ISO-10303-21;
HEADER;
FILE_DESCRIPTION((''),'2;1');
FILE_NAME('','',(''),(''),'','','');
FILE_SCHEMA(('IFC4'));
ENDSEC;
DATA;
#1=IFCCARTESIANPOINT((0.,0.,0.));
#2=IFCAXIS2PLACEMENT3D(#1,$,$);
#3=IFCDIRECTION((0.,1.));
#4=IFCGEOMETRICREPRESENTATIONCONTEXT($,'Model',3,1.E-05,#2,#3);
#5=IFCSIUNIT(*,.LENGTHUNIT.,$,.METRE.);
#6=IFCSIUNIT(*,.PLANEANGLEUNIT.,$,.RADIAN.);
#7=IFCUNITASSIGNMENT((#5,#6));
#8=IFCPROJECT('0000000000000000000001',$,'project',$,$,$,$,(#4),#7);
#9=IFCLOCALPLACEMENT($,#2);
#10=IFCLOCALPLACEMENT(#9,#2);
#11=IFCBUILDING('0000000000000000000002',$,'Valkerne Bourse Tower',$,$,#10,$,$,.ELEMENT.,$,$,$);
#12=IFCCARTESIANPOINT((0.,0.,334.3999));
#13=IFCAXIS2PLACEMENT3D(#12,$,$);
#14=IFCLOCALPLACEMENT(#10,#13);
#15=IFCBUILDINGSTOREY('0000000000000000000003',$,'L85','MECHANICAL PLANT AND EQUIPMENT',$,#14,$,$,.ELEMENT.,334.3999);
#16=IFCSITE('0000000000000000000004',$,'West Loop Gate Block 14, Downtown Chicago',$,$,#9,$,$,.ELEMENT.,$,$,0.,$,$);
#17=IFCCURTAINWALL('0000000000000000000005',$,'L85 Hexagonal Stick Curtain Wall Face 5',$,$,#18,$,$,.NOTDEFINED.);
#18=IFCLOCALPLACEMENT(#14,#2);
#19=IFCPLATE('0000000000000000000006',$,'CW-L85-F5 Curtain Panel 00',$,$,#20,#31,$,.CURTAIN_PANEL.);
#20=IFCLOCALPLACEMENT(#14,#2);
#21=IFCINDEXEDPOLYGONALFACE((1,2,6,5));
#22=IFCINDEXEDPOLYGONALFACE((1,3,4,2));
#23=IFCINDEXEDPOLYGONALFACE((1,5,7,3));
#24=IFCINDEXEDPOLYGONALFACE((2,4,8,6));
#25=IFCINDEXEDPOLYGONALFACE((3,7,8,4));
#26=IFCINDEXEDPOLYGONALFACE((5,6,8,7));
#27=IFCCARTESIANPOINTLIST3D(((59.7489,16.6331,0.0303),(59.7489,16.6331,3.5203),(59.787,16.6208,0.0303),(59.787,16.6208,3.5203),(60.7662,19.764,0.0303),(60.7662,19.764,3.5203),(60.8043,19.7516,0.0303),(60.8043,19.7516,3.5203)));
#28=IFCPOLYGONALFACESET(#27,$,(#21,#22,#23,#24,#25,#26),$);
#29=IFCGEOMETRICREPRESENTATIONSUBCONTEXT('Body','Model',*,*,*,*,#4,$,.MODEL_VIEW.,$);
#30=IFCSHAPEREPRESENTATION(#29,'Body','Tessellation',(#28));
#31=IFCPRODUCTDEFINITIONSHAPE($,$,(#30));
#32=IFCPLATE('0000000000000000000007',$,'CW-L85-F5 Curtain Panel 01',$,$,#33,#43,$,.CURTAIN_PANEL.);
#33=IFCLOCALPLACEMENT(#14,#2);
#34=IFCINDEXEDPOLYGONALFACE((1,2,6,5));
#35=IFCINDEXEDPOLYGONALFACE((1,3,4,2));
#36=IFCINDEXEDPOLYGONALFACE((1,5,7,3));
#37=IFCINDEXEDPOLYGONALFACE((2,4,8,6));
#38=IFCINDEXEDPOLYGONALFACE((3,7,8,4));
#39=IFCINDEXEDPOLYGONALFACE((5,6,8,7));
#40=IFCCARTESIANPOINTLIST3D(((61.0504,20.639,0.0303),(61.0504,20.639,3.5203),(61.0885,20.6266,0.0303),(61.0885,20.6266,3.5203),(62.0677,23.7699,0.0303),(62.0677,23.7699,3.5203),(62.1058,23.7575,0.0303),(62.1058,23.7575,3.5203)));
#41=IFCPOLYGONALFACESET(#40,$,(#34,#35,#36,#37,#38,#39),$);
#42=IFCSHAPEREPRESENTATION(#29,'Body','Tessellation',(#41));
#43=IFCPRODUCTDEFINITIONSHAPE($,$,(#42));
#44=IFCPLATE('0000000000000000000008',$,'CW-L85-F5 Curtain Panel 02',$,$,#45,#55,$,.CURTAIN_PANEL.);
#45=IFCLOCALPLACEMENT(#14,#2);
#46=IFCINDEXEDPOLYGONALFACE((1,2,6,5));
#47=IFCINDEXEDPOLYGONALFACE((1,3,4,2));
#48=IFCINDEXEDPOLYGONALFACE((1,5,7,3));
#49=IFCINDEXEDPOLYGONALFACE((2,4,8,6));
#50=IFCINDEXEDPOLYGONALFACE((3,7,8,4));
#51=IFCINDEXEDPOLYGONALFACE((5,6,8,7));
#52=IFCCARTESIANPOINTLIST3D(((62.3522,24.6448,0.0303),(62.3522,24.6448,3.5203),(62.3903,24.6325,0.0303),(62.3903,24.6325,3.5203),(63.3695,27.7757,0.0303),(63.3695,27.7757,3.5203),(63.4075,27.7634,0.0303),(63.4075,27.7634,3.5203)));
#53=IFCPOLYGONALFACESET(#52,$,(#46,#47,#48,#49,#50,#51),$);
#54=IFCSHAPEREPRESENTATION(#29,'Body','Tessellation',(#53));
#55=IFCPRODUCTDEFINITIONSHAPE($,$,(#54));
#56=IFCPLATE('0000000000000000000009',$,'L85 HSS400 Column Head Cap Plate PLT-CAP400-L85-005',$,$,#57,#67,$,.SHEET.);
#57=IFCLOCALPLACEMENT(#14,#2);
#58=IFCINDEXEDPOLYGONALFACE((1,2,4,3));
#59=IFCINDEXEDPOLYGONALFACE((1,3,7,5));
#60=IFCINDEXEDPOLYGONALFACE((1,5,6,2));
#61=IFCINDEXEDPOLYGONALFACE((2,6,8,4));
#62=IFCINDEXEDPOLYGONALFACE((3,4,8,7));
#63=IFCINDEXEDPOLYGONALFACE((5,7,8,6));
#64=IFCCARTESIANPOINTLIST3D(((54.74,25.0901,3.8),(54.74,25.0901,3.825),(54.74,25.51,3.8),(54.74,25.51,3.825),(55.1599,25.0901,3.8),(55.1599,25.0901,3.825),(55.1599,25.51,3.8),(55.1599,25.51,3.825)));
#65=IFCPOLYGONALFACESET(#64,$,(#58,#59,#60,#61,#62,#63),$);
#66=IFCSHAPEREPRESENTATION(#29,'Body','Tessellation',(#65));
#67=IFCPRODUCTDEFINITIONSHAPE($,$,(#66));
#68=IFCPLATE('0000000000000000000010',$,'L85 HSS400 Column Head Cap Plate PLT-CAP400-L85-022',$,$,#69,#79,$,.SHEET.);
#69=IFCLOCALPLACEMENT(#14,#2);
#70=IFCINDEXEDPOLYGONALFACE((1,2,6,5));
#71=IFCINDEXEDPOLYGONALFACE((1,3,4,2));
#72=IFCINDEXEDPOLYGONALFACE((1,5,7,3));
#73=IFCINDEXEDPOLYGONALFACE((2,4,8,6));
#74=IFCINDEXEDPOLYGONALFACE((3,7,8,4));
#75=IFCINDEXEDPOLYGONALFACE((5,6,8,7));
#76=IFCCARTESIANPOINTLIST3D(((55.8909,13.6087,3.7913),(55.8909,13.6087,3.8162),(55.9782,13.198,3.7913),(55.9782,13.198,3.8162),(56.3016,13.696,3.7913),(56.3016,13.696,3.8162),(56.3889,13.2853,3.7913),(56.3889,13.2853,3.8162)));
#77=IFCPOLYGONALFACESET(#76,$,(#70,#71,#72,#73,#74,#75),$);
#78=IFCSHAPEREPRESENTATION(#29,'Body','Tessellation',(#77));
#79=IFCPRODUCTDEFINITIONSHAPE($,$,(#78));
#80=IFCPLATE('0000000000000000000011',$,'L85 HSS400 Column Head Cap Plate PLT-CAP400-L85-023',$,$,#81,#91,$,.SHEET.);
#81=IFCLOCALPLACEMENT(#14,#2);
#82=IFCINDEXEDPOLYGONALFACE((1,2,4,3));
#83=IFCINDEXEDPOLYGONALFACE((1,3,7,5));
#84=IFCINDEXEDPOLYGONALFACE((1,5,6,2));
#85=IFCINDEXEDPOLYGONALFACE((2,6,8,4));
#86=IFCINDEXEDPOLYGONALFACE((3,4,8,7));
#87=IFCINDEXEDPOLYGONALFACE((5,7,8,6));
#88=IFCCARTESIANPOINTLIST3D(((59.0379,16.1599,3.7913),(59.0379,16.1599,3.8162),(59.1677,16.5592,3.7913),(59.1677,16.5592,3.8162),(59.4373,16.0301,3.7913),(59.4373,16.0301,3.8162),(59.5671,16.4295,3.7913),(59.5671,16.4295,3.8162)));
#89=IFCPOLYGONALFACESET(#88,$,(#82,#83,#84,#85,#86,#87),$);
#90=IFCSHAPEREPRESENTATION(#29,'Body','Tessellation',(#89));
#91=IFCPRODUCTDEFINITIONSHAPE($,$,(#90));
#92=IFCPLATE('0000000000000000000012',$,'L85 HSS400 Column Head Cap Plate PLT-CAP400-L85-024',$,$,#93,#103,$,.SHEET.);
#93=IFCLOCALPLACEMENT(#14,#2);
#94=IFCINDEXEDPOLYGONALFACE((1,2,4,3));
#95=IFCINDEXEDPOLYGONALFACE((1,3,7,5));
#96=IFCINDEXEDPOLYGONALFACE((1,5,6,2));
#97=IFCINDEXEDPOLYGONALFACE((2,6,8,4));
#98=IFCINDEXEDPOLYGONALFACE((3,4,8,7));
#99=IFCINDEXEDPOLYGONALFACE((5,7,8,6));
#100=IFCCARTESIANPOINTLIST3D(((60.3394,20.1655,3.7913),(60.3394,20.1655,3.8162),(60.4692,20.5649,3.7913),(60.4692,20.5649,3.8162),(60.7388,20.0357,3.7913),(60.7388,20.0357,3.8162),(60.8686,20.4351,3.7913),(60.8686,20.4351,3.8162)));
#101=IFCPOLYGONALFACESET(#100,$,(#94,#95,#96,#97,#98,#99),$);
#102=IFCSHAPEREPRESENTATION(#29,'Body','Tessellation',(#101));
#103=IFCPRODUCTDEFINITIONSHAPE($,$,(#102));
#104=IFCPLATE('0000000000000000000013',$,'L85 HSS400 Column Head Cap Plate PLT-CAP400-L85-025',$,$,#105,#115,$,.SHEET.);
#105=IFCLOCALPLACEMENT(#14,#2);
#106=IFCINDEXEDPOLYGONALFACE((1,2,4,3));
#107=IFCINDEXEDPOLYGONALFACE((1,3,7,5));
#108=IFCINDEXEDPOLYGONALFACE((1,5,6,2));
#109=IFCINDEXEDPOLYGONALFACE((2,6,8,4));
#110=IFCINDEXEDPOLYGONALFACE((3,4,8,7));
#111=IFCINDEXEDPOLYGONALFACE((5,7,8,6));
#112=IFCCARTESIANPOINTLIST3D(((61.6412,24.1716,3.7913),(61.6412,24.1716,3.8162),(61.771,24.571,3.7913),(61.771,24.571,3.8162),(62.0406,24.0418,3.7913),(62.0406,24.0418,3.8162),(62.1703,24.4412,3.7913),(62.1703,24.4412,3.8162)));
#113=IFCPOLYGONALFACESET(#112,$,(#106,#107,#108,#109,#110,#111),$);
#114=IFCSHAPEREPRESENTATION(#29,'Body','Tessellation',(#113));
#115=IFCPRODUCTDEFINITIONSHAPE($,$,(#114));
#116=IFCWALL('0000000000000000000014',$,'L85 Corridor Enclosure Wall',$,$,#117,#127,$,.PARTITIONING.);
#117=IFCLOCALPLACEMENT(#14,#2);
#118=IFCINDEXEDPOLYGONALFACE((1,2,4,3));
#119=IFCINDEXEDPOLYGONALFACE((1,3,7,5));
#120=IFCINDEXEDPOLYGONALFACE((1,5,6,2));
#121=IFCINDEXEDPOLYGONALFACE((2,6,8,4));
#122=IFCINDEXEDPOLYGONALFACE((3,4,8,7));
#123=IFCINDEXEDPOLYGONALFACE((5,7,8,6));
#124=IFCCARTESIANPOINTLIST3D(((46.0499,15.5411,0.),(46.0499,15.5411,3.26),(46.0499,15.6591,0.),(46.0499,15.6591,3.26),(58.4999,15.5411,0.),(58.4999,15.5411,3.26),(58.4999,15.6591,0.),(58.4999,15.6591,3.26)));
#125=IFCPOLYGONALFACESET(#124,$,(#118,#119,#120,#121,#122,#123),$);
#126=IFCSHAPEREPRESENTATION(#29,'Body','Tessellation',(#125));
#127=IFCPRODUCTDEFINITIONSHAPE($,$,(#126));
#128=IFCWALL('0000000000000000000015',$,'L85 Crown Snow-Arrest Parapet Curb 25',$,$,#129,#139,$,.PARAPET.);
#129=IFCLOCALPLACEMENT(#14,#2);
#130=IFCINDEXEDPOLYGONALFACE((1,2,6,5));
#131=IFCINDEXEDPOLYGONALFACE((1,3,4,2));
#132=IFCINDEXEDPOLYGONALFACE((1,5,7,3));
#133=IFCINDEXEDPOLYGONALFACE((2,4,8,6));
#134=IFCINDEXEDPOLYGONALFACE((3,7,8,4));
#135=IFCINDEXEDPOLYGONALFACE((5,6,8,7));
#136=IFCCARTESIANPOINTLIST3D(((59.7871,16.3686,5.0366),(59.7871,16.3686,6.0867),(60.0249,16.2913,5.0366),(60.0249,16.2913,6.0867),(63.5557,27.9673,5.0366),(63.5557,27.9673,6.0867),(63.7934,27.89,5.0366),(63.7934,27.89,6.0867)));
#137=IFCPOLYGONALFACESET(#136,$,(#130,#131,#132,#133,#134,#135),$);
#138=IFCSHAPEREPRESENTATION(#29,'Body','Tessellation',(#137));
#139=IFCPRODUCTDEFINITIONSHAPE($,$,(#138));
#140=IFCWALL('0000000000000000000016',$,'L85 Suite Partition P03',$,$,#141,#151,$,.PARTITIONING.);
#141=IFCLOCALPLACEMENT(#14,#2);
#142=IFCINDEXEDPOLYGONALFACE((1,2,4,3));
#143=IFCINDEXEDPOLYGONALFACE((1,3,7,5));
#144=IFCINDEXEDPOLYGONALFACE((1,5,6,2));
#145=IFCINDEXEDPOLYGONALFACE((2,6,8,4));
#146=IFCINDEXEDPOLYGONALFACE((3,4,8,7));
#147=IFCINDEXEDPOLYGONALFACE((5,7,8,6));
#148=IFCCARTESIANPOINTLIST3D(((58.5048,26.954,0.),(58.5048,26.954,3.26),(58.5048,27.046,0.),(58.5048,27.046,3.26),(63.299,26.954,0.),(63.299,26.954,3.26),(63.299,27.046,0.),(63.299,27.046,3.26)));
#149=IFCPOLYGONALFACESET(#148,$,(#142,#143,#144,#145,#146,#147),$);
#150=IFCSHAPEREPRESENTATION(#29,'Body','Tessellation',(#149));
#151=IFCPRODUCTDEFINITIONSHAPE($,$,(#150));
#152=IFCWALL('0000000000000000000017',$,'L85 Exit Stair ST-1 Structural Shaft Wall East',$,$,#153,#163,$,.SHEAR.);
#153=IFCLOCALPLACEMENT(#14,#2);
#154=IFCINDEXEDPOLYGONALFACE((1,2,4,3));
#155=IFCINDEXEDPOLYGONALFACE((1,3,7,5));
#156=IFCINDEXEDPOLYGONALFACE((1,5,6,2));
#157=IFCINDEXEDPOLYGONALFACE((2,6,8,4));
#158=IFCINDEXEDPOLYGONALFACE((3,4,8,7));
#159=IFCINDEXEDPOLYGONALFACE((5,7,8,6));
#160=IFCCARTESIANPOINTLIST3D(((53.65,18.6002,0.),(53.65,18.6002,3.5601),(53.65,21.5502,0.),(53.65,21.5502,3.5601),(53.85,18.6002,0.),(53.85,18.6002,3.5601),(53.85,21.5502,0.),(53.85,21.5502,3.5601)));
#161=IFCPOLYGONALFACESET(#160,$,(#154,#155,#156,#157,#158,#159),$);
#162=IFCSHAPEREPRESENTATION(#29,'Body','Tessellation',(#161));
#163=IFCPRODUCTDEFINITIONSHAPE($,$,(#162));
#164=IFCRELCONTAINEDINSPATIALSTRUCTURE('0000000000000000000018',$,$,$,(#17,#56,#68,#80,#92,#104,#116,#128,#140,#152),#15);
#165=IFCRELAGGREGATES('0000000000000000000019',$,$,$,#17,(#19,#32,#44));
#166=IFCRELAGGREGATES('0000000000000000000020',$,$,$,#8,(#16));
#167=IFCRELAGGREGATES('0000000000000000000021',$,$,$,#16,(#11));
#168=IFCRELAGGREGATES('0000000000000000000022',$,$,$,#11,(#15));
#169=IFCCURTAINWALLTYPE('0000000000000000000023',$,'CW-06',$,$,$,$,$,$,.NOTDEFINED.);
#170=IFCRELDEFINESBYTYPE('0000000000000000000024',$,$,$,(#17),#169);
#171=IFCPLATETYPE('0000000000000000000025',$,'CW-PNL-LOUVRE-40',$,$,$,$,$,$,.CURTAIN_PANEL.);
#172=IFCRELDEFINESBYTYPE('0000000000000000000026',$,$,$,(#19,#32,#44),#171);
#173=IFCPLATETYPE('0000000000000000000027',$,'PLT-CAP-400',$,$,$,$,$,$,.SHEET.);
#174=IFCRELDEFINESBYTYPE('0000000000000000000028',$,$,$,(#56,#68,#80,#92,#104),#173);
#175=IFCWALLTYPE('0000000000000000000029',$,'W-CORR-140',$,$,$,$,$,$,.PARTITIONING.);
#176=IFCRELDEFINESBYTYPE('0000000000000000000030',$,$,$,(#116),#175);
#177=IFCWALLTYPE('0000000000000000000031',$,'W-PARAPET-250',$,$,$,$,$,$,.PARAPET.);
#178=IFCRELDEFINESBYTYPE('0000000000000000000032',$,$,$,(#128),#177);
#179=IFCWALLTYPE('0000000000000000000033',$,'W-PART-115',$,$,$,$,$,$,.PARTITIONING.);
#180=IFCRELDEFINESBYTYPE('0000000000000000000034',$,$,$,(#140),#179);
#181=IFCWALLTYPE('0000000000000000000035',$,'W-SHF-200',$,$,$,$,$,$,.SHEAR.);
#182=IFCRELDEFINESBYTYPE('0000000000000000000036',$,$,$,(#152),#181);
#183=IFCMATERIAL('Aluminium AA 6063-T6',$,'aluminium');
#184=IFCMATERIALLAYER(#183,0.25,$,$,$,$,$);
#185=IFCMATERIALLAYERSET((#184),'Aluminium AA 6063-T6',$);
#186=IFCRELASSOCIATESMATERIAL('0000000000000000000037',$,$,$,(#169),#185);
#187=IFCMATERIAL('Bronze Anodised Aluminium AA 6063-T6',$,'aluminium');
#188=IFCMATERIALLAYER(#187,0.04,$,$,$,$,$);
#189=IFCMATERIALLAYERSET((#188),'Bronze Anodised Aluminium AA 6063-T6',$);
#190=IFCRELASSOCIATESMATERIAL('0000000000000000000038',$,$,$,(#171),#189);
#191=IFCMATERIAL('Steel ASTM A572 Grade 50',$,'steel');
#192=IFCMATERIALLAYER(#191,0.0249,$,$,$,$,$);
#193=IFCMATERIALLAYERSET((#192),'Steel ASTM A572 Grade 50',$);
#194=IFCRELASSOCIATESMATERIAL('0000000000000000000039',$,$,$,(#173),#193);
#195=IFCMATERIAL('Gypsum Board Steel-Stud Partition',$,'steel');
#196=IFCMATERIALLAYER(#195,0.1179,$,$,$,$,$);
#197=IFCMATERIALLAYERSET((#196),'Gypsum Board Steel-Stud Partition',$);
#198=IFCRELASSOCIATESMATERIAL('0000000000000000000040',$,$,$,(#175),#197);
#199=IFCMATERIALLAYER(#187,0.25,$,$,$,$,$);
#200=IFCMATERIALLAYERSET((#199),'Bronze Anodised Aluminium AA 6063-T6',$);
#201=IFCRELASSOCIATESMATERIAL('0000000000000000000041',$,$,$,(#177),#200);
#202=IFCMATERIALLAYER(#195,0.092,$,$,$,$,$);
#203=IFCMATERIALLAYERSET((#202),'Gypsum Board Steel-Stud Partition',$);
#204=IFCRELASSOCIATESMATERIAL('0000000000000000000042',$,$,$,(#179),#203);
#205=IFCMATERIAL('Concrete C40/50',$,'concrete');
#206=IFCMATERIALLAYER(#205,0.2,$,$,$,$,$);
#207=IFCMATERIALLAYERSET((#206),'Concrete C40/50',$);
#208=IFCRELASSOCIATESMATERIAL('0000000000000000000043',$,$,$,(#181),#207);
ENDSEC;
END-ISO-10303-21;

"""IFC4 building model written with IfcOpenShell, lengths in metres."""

from ifc_helpers import new_model, si_unit, direction, frame, frame_2d, origin, origin_2d, place, context, subcontext, project, spatial, rectangle, extrude, material, layer, layer_set, type_object, element, aggregate, save


model = new_model("IFC4")

# Units and contexts
model_context = context("Model", 3, precision=1e-05, world=origin(), true_north=direction((0.0, 1.0)))
body_context = subcontext(model_context, "Body", "Model", "MODEL_VIEW")
ifc_project = project(units=[si_unit("LENGTHUNIT", "METRE"), si_unit("PLANEANGLEUNIT", "RADIAN")], contexts=[model_context])

# Site, building, storey
site_placement = place(None, origin())
site = spatial("IfcSite", under=ifc_project, at=site_placement, Name="West Loop Gate Block 14, Downtown Chicago", CompositionType="ELEMENT", RefElevation=0.0)
building_placement = place(site_placement, origin())
building = spatial("IfcBuilding", under=site, at=building_placement, Name="Valkerne Bourse Tower", CompositionType="ELEMENT")
storey_placement = place(building_placement, frame((0.0, 0.0, 334.3999)))
storey = spatial("IfcBuildingStorey", under=building, at=storey_placement, Name="L85", Description="MECHANICAL PLANT AND EQUIPMENT", CompositionType="ELEMENT", Elevation=334.3999)

# Shared definitions
ifc_material_1 = material(Name="Aluminium AA 6063-T6", Category="aluminium")
ifc_layer_1 = layer(ifc_material_1, 0.25)
ifc_layer_set_1 = layer_set([ifc_layer_1], Name="Aluminium AA 6063-T6")
curtain_wall_type = type_object("IfcCurtainWallType", Name="CW-06", PredefinedType="NOTDEFINED", material=ifc_layer_set_1)

# Curtain wall
curtain_wall_1_placement = place(storey_placement, origin())
curtain_wall_1 = element("IfcCurtainWall", 1, at=curtain_wall_1_placement, inside=storey, type_object=curtain_wall_type, Name="L85 Hexagonal Stick Curtain Wall Face 5", PredefinedType="NOTDEFINED")

# Plates
ifc_material_2 = material(Name="Bronze Anodised Aluminium AA 6063-T6", Category="aluminium")
ifc_layer_2 = layer(ifc_material_2, 0.04)
ifc_layer_set_2 = layer_set([ifc_layer_2], Name="Bronze Anodised Aluminium AA 6063-T6")
plate_type_1 = type_object("IfcPlateType", Name="CW-PNL-LOUVRE-40", PredefinedType="CURTAIN_PANEL", material=ifc_layer_set_2)
plate_1_placement = place(storey_placement, frame((60.2766, 18.1924, 0.0303), z_axis=(0.0, 0.0, 1.0), x_axis=(0.309025, 0.951054, 0.0)))
plate_1 = element("IfcPlate", 2, at=plate_1_placement, type_object=plate_type_1, Name="CW-L85-F5 Curtain Panel 00", PredefinedType="CURTAIN_PANEL", context=body_context, shape_type="SweptSolid", body=[
    extrude(rectangle(XDim=3.292, YDim=0.04, at=origin_2d()), origin(), (0.0, 0.0, 1.0), 3.49),
])
plate_2_placement = place(storey_placement, frame((61.5781, 22.1982, 0.0303), z_axis=(0.0, 0.0, 1.0), x_axis=(0.309018, 0.951056, 0.0)))
plate_2 = element("IfcPlate", 3, at=plate_2_placement, type_object=plate_type_1, Name="CW-L85-F5 Curtain Panel 01", PredefinedType="CURTAIN_PANEL", context=body_context, shape_type="SweptSolid", body=[
    extrude(rectangle(XDim=3.292, YDim=0.04, at=origin_2d()), origin(), (0.0, 0.0, 1.0), 3.49),
])
plate_3_placement = place(storey_placement, frame((62.8799, 26.2041, 0.0303), z_axis=(0.0, 0.0, 1.0), x_axis=(0.309003, 0.951061, 0.0)))
plate_3 = element("IfcPlate", 4, at=plate_3_placement, type_object=plate_type_1, Name="CW-L85-F5 Curtain Panel 02", PredefinedType="CURTAIN_PANEL", context=body_context, shape_type="SweptSolid", body=[
    extrude(rectangle(XDim=3.292, YDim=0.04, at=origin_2d()), origin(), (0.0, 0.0, 1.0), 3.49),
])
aggregate(curtain_wall_1, [plate_1, plate_2, plate_3])

# Plates
ifc_material_3 = material(Name="Steel ASTM A572 Grade 50", Category="steel")
ifc_layer_3 = layer(ifc_material_3, 0.0249)
ifc_layer_set_3 = layer_set([ifc_layer_3], Name="Steel ASTM A572 Grade 50")
plate_type_2 = type_object("IfcPlateType", Name="PLT-CAP-400", PredefinedType="SHEET", material=ifc_layer_set_3)
for number, where, z_axis, x_axis, name in (
    (5, (54.95, 25.3, 3.8), (0.0, 0.0, 1.0), (1.0, 0.0, 0.0), "L85 HSS400 Column Head Cap Plate PLT-CAP400-L85-005"),
    (6, (56.1399, 13.447, 3.7913), (0.0, 0.0, 1.0), (0.978148, 0.207912, 0.0), "L85 HSS400 Column Head Cap Plate PLT-CAP400-L85-022"),
    (7, (59.3025, 16.2947, 3.7913), (0.0, 0.0, 1.0), (0.309017, 0.951057, 0.0), "L85 HSS400 Column Head Cap Plate PLT-CAP400-L85-023"),
    (8, (60.604, 20.3003, 3.7913), (0.0, 0.0, 1.0), (0.309017, 0.951057, 0.0), "L85 HSS400 Column Head Cap Plate PLT-CAP400-L85-024"),
    (9, (61.9058, 24.3064, 3.7913), (0.0, 0.0, 1.0), (0.309017, 0.951057, 0.0), "L85 HSS400 Column Head Cap Plate PLT-CAP400-L85-025"),
):
    element("IfcPlate", number, at=place(storey_placement, frame(where, z_axis=z_axis, x_axis=x_axis)), inside=storey, type_object=plate_type_2, Name=name, PredefinedType="SHEET", context=body_context, shape_type="SweptSolid", body=[
        extrude(rectangle(XDim=0.4199, YDim=0.4199, at=origin_2d()), origin(), (0.0, 0.0, 1.0), 0.0249),
    ])

# Walls
ifc_material_4 = material(Name="Gypsum Board Steel-Stud Partition", Category="steel")
ifc_layer_4 = layer(ifc_material_4, 0.1179)
ifc_layer_set_4 = layer_set([ifc_layer_4], Name="Gypsum Board Steel-Stud Partition")
wall_type_1 = type_object("IfcWallType", Name="W-CORR-140", PredefinedType="PARTITIONING", material=ifc_layer_set_4)
wall_1_placement = place(storey_placement, frame((58.5, 15.6001, 0.0), z_axis=(0.0, 0.0, 1.0), x_axis=(-1.0, 0.0, 0.0)))
element("IfcWall", 10, at=wall_1_placement, inside=storey, type_object=wall_type_1, Name="L85 Corridor Enclosure Wall", PredefinedType="PARTITIONING", context=body_context, shape_type="SweptSolid", body=[
    extrude(rectangle(XDim=12.45, YDim=0.1179, at=frame_2d((6.2251, 0.0))), origin(), (0.0, 0.0, 1.0), 3.26),
])
ifc_layer_5 = layer(ifc_material_2, 0.25)
ifc_layer_set_5 = layer_set([ifc_layer_5], Name="Bronze Anodised Aluminium AA 6063-T6")
wall_type_2 = type_object("IfcWallType", Name="W-PARAPET-250", PredefinedType="PARAPET", material=ifc_layer_set_5)
wall_2_placement = place(storey_placement, frame((59.906, 16.3301, 5.0366), z_axis=(0.0, 0.0, 1.0), x_axis=(0.309012, 0.951058, 0.0)))
element("IfcWall", 11, at=wall_2_placement, inside=storey, type_object=wall_type_2, Name="L85 Crown Snow-Arrest Parapet Curb 25", PredefinedType="PARAPET", context=body_context, shape_type="SweptSolid", body=[
    extrude(rectangle(XDim=12.1956, YDim=0.25, at=frame_2d((6.0977, 0.0))), origin(), (0.0, 0.0, 1.0), 1.05),
])
ifc_layer_6 = layer(ifc_material_4, 0.092)
ifc_layer_set_6 = layer_set([ifc_layer_6], Name="Gypsum Board Steel-Stud Partition")
wall_type_3 = type_object("IfcWallType", Name="W-PART-115", PredefinedType="PARTITIONING", material=ifc_layer_set_6)
wall_3_placement = place(storey_placement, frame((58.5049, 27.0, 0.0), z_axis=(0.0, 0.0, 1.0), x_axis=(1.0, 0.0, 0.0)))
element("IfcWall", 12, at=wall_3_placement, inside=storey, type_object=wall_type_3, Name="L85 Suite Partition P03", PredefinedType="PARTITIONING", context=body_context, shape_type="SweptSolid", body=[
    extrude(rectangle(XDim=4.7942, YDim=0.092, at=frame_2d((2.397, 0.0))), origin(), (0.0, 0.0, 1.0), 3.26),
])
ifc_material_5 = material(Name="Concrete C40/50", Category="concrete")
ifc_layer_7 = layer(ifc_material_5, 0.2)
ifc_layer_set_7 = layer_set([ifc_layer_7], Name="Concrete C40/50")
wall_type_4 = type_object("IfcWallType", Name="W-SHF-200", PredefinedType="SHEAR", material=ifc_layer_set_7)
wall_4_placement = place(storey_placement, frame((53.75, 18.6001, 0.0), z_axis=(0.0, 0.0, 1.0), x_axis=(0.0, 1.0, 0.0)))
element("IfcWall", 13, at=wall_4_placement, inside=storey, type_object=wall_type_4, Name="L85 Exit Stair ST-1 Structural Shaft Wall East", PredefinedType="SHEAR", context=body_context, shape_type="SweptSolid", body=[
    extrude(rectangle(XDim=2.95, YDim=0.2, at=frame_2d((1.4751, 0.0))), origin(), (0.0, 0.0, 1.0), 3.5601),
])

save(model, "model.ifc")
